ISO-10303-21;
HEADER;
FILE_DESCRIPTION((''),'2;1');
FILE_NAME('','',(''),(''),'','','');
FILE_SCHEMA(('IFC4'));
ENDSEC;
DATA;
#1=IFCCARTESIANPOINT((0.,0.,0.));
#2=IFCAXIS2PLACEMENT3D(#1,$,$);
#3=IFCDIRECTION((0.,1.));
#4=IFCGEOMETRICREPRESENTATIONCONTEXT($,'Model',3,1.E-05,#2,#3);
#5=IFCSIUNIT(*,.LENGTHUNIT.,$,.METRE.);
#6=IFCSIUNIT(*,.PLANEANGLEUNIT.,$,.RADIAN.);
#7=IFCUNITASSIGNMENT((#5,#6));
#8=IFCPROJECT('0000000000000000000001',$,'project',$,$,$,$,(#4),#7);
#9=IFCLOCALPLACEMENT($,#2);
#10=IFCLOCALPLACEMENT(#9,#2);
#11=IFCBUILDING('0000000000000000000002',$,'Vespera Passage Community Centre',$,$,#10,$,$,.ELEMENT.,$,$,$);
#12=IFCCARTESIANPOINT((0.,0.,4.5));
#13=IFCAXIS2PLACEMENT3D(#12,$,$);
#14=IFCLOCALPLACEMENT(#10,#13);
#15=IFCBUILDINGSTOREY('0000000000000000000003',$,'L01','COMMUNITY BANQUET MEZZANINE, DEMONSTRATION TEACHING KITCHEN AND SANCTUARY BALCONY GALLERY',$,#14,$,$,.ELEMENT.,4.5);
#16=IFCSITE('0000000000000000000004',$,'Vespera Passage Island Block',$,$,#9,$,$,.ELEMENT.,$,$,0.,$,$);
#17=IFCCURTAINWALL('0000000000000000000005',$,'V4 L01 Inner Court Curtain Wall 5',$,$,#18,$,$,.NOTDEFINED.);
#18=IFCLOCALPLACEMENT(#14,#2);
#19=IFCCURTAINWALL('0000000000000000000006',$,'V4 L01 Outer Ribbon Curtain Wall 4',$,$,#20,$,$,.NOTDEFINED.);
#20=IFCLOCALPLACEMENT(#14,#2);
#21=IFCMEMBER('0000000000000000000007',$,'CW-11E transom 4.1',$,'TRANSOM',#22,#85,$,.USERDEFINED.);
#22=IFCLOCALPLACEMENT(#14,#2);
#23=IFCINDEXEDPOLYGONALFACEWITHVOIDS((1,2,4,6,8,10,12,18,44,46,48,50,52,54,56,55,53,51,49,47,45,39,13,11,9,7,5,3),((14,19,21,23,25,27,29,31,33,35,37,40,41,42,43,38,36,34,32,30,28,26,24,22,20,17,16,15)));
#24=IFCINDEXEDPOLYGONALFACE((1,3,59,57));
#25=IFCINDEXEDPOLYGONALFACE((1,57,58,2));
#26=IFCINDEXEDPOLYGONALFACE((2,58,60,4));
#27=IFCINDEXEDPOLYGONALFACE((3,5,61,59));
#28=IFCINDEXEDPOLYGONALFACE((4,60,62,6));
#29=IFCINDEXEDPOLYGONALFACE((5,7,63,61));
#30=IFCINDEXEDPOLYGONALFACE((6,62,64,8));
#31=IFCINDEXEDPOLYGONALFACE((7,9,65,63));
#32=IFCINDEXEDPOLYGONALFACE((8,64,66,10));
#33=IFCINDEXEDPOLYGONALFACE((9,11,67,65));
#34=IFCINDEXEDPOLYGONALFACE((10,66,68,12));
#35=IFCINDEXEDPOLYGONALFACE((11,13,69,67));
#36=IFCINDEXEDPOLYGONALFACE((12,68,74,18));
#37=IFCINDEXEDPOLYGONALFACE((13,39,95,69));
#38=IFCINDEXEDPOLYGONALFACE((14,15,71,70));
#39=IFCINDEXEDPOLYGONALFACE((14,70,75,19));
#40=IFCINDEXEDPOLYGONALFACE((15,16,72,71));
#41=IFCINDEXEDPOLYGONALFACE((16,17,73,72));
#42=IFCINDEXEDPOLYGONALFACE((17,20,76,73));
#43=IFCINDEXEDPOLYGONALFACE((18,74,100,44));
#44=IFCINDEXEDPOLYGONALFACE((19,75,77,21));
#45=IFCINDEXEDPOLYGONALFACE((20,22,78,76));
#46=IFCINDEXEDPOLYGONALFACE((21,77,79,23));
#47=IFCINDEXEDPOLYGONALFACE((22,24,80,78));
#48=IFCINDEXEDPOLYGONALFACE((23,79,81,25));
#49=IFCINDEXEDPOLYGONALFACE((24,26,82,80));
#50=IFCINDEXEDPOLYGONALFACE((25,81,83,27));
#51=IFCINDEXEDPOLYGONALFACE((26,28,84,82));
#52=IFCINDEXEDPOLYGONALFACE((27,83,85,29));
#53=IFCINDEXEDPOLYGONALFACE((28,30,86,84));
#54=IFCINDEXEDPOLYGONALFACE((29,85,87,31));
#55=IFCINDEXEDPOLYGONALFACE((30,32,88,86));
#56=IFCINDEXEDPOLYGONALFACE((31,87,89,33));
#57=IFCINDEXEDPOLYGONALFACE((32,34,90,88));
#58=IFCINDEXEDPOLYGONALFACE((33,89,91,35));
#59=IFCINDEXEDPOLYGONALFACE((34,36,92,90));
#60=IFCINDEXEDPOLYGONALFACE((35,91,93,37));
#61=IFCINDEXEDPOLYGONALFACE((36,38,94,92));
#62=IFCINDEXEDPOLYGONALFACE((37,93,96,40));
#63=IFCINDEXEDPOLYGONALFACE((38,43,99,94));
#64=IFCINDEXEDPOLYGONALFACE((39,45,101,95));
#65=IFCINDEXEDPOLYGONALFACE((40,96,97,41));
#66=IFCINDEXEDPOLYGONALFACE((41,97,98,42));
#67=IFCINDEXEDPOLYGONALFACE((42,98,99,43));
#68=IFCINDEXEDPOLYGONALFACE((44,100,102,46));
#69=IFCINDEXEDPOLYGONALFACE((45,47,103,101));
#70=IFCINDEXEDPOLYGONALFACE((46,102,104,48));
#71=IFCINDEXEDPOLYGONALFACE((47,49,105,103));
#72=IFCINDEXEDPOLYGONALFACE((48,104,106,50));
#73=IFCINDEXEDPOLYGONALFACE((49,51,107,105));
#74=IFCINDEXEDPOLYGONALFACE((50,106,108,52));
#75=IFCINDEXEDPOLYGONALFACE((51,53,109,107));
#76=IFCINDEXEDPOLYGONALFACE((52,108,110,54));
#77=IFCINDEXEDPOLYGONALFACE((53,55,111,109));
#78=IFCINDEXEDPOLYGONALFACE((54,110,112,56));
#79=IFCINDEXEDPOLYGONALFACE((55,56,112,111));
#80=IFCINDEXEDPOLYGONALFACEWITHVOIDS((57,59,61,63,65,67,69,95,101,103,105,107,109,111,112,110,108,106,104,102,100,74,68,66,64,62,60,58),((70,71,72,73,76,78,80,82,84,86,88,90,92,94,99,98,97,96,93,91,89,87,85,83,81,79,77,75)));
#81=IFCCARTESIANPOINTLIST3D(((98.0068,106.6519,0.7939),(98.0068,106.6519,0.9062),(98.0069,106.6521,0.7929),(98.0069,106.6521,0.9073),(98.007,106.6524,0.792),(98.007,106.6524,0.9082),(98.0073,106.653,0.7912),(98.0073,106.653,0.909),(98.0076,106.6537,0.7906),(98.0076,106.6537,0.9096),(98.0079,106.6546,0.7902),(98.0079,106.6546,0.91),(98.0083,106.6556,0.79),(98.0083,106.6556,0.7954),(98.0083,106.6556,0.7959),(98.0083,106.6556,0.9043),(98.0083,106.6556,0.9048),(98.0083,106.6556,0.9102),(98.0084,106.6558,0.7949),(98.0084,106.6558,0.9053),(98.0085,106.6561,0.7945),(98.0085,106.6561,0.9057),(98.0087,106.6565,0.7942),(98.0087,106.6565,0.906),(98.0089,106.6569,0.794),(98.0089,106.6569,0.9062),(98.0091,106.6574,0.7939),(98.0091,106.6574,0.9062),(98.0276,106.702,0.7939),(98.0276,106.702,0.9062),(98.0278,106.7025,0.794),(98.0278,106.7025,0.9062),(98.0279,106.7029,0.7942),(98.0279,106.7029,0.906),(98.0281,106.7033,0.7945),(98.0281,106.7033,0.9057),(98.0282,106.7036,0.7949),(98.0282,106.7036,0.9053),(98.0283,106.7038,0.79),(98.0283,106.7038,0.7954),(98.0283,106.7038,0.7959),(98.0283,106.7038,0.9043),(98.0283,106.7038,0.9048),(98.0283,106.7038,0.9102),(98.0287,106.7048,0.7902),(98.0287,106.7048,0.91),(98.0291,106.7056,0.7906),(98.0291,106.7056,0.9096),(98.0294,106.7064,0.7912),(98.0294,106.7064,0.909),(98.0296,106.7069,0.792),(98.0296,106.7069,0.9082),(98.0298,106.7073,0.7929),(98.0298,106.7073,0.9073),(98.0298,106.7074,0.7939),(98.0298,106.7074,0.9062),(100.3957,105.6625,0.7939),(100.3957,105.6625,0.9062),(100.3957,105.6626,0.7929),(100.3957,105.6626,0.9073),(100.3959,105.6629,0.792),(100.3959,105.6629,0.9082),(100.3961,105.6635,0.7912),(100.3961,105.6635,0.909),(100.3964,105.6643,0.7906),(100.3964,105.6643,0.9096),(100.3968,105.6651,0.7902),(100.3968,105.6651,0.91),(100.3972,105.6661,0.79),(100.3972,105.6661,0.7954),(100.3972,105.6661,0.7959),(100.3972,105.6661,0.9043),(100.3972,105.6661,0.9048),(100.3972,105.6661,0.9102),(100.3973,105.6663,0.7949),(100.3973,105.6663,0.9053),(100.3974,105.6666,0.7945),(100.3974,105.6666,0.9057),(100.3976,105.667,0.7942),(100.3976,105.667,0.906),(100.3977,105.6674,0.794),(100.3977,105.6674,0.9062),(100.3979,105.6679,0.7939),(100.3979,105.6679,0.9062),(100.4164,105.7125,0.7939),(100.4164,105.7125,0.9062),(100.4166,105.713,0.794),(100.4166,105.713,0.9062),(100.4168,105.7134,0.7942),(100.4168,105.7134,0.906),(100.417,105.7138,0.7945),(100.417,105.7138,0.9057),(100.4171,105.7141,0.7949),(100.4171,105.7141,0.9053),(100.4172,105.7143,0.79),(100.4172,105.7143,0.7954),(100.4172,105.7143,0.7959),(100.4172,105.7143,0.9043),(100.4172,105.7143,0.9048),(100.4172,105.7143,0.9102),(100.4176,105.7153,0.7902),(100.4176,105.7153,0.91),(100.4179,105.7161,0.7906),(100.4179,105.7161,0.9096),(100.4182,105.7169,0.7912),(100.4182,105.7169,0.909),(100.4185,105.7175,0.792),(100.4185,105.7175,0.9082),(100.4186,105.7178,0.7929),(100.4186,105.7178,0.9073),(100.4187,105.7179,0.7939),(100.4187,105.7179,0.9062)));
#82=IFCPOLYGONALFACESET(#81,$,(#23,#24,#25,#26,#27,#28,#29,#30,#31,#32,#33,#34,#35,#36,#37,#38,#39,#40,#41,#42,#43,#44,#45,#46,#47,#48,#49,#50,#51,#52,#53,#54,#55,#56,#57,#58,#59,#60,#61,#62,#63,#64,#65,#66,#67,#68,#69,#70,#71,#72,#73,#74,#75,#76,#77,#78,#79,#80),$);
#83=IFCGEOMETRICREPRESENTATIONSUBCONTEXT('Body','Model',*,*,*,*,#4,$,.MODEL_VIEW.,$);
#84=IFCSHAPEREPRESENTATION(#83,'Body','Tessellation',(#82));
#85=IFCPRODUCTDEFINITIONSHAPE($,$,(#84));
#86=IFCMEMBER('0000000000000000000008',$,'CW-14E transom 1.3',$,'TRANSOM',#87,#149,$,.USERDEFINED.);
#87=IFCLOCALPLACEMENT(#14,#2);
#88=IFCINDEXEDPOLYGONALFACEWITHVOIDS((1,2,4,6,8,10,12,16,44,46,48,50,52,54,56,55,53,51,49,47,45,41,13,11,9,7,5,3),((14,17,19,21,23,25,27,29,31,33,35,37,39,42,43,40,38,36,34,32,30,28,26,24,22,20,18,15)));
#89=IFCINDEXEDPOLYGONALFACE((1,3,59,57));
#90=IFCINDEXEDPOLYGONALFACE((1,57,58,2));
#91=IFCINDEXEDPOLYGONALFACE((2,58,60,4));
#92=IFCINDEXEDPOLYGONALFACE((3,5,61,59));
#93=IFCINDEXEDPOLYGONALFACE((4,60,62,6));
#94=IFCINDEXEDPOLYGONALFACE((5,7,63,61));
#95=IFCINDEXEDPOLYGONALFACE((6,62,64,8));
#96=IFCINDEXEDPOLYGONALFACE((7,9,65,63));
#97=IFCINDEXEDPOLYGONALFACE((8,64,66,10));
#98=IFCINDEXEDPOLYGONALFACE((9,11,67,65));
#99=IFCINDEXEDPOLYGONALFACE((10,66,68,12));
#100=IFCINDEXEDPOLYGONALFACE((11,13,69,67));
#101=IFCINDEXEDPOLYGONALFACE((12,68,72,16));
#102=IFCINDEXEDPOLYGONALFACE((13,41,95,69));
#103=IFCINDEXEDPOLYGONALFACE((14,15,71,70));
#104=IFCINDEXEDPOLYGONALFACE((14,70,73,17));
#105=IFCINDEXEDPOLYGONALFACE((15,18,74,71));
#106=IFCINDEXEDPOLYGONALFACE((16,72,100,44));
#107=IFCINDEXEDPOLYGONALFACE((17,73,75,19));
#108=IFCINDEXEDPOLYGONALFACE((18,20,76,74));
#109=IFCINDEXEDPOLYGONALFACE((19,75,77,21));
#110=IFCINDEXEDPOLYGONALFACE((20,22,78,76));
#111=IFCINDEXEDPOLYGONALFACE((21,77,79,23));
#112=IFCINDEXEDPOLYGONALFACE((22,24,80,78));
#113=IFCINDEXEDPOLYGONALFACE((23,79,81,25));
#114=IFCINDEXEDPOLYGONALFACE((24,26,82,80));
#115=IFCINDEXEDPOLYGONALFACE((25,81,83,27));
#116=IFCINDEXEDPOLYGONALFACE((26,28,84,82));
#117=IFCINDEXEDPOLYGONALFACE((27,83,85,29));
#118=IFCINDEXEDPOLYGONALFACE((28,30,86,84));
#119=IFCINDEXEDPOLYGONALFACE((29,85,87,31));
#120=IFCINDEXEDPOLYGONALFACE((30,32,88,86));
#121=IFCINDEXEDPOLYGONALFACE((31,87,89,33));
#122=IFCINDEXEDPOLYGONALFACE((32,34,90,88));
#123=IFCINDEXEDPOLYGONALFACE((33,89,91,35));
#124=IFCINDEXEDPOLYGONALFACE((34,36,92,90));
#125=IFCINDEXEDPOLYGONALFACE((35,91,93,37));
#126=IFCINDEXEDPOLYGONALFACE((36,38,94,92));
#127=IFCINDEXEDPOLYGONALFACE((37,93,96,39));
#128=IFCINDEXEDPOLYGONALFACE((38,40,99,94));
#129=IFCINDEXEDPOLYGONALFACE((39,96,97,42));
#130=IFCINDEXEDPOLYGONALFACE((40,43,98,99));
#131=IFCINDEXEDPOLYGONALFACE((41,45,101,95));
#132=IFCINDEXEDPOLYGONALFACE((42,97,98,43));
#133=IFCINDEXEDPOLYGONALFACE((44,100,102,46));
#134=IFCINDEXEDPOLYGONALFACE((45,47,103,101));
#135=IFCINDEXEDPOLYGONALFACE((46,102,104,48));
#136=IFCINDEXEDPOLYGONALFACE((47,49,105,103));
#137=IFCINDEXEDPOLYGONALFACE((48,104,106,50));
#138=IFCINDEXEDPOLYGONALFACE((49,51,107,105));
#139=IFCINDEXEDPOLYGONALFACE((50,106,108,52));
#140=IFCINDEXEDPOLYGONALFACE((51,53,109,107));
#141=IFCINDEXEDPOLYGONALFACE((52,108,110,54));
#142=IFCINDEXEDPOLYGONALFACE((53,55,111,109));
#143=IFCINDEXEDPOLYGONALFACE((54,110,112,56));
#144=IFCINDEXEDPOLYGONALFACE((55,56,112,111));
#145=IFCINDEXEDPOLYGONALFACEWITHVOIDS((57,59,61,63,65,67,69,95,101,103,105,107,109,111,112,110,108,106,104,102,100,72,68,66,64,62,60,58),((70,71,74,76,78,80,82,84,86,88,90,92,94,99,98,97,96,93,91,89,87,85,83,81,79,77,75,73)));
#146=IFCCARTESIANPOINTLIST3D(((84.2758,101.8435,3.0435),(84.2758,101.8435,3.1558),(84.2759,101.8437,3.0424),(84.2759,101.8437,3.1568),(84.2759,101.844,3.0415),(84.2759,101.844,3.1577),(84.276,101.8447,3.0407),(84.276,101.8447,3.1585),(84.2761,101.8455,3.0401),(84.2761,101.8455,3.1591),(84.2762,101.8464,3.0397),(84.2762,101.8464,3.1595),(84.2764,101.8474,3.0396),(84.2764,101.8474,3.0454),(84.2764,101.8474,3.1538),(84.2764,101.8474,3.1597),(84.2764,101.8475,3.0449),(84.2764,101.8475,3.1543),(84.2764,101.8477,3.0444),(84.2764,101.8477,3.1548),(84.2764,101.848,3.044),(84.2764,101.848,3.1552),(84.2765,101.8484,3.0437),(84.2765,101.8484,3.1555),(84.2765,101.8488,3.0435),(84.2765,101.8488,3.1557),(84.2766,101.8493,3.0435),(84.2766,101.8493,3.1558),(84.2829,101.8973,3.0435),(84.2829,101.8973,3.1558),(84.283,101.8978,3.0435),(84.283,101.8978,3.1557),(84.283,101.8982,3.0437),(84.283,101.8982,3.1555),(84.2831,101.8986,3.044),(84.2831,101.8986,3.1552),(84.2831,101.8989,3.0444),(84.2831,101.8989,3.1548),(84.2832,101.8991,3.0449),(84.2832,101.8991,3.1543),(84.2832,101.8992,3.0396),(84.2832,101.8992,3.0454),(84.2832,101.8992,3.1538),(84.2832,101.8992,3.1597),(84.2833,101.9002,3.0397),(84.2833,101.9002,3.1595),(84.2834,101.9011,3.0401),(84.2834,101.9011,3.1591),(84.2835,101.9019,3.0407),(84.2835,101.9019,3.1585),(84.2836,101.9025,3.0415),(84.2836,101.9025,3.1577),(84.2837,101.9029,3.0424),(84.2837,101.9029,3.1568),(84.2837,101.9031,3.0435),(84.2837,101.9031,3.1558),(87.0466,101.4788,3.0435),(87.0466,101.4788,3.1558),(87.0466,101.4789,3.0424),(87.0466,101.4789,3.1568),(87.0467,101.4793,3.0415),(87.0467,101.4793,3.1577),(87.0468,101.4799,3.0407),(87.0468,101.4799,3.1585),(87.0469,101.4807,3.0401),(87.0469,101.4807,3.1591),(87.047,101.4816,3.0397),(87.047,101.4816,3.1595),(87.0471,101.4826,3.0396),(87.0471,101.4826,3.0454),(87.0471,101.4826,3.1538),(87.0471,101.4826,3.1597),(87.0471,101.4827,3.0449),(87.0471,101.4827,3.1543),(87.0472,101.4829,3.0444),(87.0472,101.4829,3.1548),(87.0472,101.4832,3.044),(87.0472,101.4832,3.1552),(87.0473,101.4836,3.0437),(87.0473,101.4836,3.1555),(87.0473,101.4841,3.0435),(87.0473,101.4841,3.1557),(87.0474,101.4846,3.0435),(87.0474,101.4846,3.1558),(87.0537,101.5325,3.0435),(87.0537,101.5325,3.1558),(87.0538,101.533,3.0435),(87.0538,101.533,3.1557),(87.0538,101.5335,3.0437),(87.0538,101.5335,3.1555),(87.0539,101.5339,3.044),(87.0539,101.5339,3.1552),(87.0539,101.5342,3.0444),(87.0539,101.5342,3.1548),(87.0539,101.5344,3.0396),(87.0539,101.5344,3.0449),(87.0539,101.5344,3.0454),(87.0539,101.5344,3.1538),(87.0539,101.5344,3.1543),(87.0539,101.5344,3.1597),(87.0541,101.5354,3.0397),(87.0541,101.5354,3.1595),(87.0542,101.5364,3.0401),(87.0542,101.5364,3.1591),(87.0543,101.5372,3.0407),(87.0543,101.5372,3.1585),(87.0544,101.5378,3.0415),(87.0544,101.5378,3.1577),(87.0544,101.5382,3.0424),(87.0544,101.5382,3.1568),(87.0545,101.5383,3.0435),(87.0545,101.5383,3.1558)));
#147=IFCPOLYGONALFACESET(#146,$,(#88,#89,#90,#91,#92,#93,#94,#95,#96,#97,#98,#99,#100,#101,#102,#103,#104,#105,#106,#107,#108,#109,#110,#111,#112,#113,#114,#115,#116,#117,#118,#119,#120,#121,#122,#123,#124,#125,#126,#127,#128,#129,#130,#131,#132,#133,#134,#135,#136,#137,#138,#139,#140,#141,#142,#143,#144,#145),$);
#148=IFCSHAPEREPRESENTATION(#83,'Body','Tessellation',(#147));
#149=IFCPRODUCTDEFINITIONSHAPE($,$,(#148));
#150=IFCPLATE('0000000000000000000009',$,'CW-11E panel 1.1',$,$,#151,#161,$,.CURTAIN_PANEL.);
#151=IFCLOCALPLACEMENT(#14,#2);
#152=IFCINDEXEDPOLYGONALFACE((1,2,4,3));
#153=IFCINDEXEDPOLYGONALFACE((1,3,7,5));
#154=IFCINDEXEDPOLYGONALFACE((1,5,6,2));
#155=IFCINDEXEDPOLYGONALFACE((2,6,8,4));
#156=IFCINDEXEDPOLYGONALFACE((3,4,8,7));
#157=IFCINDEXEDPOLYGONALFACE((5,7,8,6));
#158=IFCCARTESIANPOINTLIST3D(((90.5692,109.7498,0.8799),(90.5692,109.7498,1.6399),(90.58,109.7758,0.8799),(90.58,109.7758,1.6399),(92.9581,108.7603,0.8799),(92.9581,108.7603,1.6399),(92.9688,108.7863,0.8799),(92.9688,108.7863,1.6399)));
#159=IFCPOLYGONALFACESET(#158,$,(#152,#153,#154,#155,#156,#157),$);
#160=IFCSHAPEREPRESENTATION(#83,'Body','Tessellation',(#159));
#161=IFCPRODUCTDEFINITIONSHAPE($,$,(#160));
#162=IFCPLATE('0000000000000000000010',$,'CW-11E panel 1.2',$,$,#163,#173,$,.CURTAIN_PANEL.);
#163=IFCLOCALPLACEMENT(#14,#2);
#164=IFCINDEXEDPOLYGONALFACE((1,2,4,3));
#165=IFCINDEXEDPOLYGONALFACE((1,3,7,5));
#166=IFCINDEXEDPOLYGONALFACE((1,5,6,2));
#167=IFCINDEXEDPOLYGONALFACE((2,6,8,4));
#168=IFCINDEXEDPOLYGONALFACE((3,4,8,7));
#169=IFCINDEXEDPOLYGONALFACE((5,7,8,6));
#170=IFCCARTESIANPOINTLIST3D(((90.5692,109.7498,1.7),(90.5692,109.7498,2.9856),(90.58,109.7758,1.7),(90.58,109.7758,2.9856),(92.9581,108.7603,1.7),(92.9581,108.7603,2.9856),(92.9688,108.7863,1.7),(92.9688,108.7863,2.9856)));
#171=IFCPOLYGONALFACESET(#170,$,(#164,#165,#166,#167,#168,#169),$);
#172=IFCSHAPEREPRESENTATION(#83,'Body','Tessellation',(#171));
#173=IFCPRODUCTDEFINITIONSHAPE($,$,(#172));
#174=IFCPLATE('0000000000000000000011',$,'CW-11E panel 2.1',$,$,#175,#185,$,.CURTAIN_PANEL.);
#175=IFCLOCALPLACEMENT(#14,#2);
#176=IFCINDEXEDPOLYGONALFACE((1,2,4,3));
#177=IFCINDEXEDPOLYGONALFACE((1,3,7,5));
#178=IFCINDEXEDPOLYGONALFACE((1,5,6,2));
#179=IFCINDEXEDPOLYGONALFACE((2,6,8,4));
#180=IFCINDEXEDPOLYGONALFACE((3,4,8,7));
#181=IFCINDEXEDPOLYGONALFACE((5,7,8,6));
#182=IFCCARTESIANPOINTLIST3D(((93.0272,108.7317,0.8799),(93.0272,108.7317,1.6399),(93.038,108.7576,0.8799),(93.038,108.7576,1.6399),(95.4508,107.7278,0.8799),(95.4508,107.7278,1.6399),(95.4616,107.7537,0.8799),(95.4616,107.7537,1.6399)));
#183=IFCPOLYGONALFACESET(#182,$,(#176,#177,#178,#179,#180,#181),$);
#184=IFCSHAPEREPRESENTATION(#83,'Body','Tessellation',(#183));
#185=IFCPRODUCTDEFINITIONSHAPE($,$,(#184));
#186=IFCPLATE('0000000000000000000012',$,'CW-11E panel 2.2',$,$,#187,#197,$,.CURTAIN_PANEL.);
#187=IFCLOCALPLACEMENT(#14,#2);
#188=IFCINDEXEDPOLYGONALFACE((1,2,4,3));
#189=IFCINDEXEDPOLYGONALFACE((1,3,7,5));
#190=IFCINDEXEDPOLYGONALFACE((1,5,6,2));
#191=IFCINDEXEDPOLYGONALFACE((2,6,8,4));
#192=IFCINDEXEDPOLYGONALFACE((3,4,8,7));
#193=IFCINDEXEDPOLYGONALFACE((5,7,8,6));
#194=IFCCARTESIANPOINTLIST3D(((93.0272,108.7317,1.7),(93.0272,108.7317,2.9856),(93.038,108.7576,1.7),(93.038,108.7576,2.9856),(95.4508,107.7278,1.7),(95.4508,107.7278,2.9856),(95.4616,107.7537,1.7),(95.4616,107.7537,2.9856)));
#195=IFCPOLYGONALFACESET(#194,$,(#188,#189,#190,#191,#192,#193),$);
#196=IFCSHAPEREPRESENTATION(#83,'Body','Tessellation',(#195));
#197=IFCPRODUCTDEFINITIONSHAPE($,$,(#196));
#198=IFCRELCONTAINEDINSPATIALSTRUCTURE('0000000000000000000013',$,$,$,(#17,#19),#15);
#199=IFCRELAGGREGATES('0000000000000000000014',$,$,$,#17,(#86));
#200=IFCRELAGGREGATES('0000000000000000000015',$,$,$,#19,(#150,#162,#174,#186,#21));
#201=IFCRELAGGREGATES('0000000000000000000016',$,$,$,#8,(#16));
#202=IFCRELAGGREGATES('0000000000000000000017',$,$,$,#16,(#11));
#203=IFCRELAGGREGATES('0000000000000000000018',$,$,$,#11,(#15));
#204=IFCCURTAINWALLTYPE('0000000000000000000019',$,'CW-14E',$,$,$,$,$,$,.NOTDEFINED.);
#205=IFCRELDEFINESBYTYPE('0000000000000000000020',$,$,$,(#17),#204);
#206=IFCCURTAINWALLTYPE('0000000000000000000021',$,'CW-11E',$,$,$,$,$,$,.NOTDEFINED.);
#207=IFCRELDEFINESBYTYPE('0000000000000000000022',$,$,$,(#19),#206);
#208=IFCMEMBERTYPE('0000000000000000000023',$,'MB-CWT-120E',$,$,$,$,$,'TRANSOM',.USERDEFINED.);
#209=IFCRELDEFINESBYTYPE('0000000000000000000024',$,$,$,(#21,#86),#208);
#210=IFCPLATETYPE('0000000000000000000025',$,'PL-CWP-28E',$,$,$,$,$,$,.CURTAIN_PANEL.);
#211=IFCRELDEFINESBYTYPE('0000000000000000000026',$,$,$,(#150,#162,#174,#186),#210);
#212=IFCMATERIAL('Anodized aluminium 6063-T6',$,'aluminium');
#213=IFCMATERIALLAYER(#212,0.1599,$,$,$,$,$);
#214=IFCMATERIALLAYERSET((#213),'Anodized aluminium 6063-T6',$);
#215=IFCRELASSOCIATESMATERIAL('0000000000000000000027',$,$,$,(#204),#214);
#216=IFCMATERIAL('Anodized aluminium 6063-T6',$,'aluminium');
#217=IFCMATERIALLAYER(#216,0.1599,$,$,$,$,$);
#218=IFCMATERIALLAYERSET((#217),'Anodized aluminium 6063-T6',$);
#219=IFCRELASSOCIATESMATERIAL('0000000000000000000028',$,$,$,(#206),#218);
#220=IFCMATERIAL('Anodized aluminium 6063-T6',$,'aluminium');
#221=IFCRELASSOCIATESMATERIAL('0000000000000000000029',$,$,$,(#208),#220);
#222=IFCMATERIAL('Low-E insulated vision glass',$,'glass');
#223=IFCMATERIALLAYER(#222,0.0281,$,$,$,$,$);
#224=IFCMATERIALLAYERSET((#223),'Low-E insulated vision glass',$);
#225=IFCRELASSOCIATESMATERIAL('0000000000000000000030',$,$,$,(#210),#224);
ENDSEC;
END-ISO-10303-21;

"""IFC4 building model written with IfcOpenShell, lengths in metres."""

from ifc_helpers import new_model, si_unit, direction, frame, origin, origin_2d, place, context, subcontext, project, spatial, rectangle, hollow_rectangle, extrude, material, layer, layer_set, material_profile, profile_set, type_object, element, aggregate, save


model = new_model("IFC4")

# Units and contexts
model_context = context("Model", 3, precision=1e-05, world=origin(), true_north=direction((0.0, 1.0)))
body_context = subcontext(model_context, "Body", "Model", "MODEL_VIEW")
ifc_project = project(units=[si_unit("LENGTHUNIT", "METRE"), si_unit("PLANEANGLEUNIT", "RADIAN")], contexts=[model_context])

# Site, building, storey
site_placement = place(None, origin())
site = spatial("IfcSite", under=ifc_project, at=site_placement, Name="Vespera Passage Island Block", CompositionType="ELEMENT", RefElevation=0.0)
building_placement = place(site_placement, origin())
building = spatial("IfcBuilding", under=site, at=building_placement, Name="Vespera Passage Community Centre", CompositionType="ELEMENT")
storey_placement = place(building_placement, frame((0.0, 0.0, 4.5)))
storey = spatial("IfcBuildingStorey", under=building, at=storey_placement, Name="L01", Description="COMMUNITY BANQUET MEZZANINE, DEMONSTRATION TEACHING KITCHEN AND SANCTUARY BALCONY GALLERY", CompositionType="ELEMENT", Elevation=4.5)

# Curtain wall
ifc_material_1 = material(Name="Anodized aluminium 6063-T6", Category="aluminium")
ifc_layer_1 = layer(ifc_material_1, 0.1599)
ifc_layer_set_1 = layer_set([ifc_layer_1], Name="Anodized aluminium 6063-T6")
curtain_wall_type_1 = type_object("IfcCurtainWallType", Name="CW-14E", PredefinedType="NOTDEFINED", material=ifc_layer_set_1)
curtain_wall_1_placement = place(storey_placement, origin())
curtain_wall_1 = element("IfcCurtainWall", 1, at=curtain_wall_1_placement, inside=storey, type_object=curtain_wall_type_1, Name="V4 L01 Inner Court Curtain Wall 5", PredefinedType="NOTDEFINED")

# Curtain wall
ifc_material_2 = material(Name="Anodized aluminium 6063-T6", Category="aluminium")
ifc_layer_2 = layer(ifc_material_2, 0.1599)
ifc_layer_set_2 = layer_set([ifc_layer_2], Name="Anodized aluminium 6063-T6")
curtain_wall_type_2 = type_object("IfcCurtainWallType", Name="CW-11E", PredefinedType="NOTDEFINED", material=ifc_layer_set_2)
curtain_wall_2_placement = place(storey_placement, origin())
curtain_wall_2 = element("IfcCurtainWall", 2, at=curtain_wall_2_placement, inside=storey, type_object=curtain_wall_type_2, Name="V4 L01 Outer Ribbon Curtain Wall 4", PredefinedType="NOTDEFINED")

# Members
ifc_material_3 = material(Name="Anodized aluminium 6063-T6", Category="aluminium")
ifc_material_profile_1 = material_profile(ifc_material_3, hollow_rectangle(XDim=0.0601, YDim=0.1201, WallThickness=0.0039, InnerFilletRadius=0.002, OuterFilletRadius=0.0039, at=origin_2d()), Name="ALU120X60X4")
ifc_profile_set_1 = profile_set([ifc_material_profile_1], Name="Anodized aluminium 6063-T6")
member_type_1 = type_object("IfcMemberType", Name="MB-CWT-120E", ElementType="TRANSOM", PredefinedType="USERDEFINED", material=ifc_profile_set_1)
member_1_placement = place(storey_placement, frame((98.0183, 106.6797, 0.8501), z_axis=(0.923882, -0.382677, 0.0), x_axis=(0.382677, 0.923882, 0.0)))
member_1 = element("IfcMember", 3, at=member_1_placement, type_object=member_type_1, Name="CW-11E transom 4.1", ObjectType="TRANSOM", PredefinedType="USERDEFINED", context=body_context, shape_type="SweptSolid", body=[
    extrude(hollow_rectangle(XDim=0.0601, YDim=0.1201, WallThickness=0.0039, InnerFilletRadius=0.002, OuterFilletRadius=0.0039, at=origin_2d()), origin(), (0.0, 0.0, 1.0), 2.5857),
])
member_2_placement = place(storey_placement, frame((87.0505, 101.5085, 3.0996), z_axis=(-0.991446, 0.130516, 0.0), x_axis=(-0.130516, -0.991446, 0.0)))
member_2 = element("IfcMember", 4, at=member_2_placement, type_object=member_type_1, Name="CW-14E transom 1.3", ObjectType="TRANSOM", PredefinedType="USERDEFINED", context=body_context, shape_type="SweptSolid", body=[
    extrude(hollow_rectangle(XDim=0.0601, YDim=0.1201, WallThickness=0.0039, InnerFilletRadius=0.002, OuterFilletRadius=0.0039, at=origin_2d()), origin(), (0.0, 0.0, 1.0), 2.7947),
])
aggregate(curtain_wall_1, [member_2])

# Plates
ifc_material_4 = material(Name="Low-E insulated vision glass", Category="glass")
ifc_layer_3 = layer(ifc_material_4, 0.0281)
ifc_layer_set_3 = layer_set([ifc_layer_3], Name="Low-E insulated vision glass")
plate_type_1 = type_object("IfcPlateType", Name="PL-CWP-28E", PredefinedType="CURTAIN_PANEL", material=ifc_layer_set_3)
plate_1_placement = place(storey_placement, frame((91.769, 109.2681, 0.8799), z_axis=(0.0, 0.0, 1.0), x_axis=(0.92388, -0.382683, 0.0)))
plate_1 = element("IfcPlate", 5, at=plate_1_placement, type_object=plate_type_1, Name="CW-11E panel 1.1", PredefinedType="CURTAIN_PANEL", context=body_context, shape_type="SweptSolid", body=[
    extrude(rectangle(XDim=2.5857, YDim=0.0281, at=origin_2d()), origin(), (0.0, 0.0, 1.0), 0.76),
])
plate_2_placement = place(storey_placement, frame((91.769, 109.2681, 1.7), z_axis=(0.0, 0.0, 1.0), x_axis=(0.92388, -0.382683, 0.0)))
plate_2 = element("IfcPlate", 6, at=plate_2_placement, type_object=plate_type_1, Name="CW-11E panel 1.2", PredefinedType="CURTAIN_PANEL", context=body_context, shape_type="SweptSolid", body=[
    extrude(rectangle(XDim=2.5857, YDim=0.0281, at=origin_2d()), origin(), (0.0, 0.0, 1.0), 1.2856),
])
plate_3_placement = place(storey_placement, frame((94.2444, 108.2427, 0.8799), z_axis=(0.0, 0.0, 1.0), x_axis=(0.92388, -0.382683, 0.0)))
plate_3 = element("IfcPlate", 7, at=plate_3_placement, type_object=plate_type_1, Name="CW-11E panel 2.1", PredefinedType="CURTAIN_PANEL", context=body_context, shape_type="SweptSolid", body=[
    extrude(rectangle(XDim=2.6233, YDim=0.0281, at=origin_2d()), origin(), (0.0, 0.0, 1.0), 0.76),
])
plate_4_placement = place(storey_placement, frame((94.2444, 108.2427, 1.7), z_axis=(0.0, 0.0, 1.0), x_axis=(0.92388, -0.382683, 0.0)))
plate_4 = element("IfcPlate", 8, at=plate_4_placement, type_object=plate_type_1, Name="CW-11E panel 2.2", PredefinedType="CURTAIN_PANEL", context=body_context, shape_type="SweptSolid", body=[
    extrude(rectangle(XDim=2.6233, YDim=0.0281, at=origin_2d()), origin(), (0.0, 0.0, 1.0), 1.2856),
])
aggregate(curtain_wall_2, [plate_1, plate_2, plate_3, plate_4, member_1])

save(model, "model.ifc")
